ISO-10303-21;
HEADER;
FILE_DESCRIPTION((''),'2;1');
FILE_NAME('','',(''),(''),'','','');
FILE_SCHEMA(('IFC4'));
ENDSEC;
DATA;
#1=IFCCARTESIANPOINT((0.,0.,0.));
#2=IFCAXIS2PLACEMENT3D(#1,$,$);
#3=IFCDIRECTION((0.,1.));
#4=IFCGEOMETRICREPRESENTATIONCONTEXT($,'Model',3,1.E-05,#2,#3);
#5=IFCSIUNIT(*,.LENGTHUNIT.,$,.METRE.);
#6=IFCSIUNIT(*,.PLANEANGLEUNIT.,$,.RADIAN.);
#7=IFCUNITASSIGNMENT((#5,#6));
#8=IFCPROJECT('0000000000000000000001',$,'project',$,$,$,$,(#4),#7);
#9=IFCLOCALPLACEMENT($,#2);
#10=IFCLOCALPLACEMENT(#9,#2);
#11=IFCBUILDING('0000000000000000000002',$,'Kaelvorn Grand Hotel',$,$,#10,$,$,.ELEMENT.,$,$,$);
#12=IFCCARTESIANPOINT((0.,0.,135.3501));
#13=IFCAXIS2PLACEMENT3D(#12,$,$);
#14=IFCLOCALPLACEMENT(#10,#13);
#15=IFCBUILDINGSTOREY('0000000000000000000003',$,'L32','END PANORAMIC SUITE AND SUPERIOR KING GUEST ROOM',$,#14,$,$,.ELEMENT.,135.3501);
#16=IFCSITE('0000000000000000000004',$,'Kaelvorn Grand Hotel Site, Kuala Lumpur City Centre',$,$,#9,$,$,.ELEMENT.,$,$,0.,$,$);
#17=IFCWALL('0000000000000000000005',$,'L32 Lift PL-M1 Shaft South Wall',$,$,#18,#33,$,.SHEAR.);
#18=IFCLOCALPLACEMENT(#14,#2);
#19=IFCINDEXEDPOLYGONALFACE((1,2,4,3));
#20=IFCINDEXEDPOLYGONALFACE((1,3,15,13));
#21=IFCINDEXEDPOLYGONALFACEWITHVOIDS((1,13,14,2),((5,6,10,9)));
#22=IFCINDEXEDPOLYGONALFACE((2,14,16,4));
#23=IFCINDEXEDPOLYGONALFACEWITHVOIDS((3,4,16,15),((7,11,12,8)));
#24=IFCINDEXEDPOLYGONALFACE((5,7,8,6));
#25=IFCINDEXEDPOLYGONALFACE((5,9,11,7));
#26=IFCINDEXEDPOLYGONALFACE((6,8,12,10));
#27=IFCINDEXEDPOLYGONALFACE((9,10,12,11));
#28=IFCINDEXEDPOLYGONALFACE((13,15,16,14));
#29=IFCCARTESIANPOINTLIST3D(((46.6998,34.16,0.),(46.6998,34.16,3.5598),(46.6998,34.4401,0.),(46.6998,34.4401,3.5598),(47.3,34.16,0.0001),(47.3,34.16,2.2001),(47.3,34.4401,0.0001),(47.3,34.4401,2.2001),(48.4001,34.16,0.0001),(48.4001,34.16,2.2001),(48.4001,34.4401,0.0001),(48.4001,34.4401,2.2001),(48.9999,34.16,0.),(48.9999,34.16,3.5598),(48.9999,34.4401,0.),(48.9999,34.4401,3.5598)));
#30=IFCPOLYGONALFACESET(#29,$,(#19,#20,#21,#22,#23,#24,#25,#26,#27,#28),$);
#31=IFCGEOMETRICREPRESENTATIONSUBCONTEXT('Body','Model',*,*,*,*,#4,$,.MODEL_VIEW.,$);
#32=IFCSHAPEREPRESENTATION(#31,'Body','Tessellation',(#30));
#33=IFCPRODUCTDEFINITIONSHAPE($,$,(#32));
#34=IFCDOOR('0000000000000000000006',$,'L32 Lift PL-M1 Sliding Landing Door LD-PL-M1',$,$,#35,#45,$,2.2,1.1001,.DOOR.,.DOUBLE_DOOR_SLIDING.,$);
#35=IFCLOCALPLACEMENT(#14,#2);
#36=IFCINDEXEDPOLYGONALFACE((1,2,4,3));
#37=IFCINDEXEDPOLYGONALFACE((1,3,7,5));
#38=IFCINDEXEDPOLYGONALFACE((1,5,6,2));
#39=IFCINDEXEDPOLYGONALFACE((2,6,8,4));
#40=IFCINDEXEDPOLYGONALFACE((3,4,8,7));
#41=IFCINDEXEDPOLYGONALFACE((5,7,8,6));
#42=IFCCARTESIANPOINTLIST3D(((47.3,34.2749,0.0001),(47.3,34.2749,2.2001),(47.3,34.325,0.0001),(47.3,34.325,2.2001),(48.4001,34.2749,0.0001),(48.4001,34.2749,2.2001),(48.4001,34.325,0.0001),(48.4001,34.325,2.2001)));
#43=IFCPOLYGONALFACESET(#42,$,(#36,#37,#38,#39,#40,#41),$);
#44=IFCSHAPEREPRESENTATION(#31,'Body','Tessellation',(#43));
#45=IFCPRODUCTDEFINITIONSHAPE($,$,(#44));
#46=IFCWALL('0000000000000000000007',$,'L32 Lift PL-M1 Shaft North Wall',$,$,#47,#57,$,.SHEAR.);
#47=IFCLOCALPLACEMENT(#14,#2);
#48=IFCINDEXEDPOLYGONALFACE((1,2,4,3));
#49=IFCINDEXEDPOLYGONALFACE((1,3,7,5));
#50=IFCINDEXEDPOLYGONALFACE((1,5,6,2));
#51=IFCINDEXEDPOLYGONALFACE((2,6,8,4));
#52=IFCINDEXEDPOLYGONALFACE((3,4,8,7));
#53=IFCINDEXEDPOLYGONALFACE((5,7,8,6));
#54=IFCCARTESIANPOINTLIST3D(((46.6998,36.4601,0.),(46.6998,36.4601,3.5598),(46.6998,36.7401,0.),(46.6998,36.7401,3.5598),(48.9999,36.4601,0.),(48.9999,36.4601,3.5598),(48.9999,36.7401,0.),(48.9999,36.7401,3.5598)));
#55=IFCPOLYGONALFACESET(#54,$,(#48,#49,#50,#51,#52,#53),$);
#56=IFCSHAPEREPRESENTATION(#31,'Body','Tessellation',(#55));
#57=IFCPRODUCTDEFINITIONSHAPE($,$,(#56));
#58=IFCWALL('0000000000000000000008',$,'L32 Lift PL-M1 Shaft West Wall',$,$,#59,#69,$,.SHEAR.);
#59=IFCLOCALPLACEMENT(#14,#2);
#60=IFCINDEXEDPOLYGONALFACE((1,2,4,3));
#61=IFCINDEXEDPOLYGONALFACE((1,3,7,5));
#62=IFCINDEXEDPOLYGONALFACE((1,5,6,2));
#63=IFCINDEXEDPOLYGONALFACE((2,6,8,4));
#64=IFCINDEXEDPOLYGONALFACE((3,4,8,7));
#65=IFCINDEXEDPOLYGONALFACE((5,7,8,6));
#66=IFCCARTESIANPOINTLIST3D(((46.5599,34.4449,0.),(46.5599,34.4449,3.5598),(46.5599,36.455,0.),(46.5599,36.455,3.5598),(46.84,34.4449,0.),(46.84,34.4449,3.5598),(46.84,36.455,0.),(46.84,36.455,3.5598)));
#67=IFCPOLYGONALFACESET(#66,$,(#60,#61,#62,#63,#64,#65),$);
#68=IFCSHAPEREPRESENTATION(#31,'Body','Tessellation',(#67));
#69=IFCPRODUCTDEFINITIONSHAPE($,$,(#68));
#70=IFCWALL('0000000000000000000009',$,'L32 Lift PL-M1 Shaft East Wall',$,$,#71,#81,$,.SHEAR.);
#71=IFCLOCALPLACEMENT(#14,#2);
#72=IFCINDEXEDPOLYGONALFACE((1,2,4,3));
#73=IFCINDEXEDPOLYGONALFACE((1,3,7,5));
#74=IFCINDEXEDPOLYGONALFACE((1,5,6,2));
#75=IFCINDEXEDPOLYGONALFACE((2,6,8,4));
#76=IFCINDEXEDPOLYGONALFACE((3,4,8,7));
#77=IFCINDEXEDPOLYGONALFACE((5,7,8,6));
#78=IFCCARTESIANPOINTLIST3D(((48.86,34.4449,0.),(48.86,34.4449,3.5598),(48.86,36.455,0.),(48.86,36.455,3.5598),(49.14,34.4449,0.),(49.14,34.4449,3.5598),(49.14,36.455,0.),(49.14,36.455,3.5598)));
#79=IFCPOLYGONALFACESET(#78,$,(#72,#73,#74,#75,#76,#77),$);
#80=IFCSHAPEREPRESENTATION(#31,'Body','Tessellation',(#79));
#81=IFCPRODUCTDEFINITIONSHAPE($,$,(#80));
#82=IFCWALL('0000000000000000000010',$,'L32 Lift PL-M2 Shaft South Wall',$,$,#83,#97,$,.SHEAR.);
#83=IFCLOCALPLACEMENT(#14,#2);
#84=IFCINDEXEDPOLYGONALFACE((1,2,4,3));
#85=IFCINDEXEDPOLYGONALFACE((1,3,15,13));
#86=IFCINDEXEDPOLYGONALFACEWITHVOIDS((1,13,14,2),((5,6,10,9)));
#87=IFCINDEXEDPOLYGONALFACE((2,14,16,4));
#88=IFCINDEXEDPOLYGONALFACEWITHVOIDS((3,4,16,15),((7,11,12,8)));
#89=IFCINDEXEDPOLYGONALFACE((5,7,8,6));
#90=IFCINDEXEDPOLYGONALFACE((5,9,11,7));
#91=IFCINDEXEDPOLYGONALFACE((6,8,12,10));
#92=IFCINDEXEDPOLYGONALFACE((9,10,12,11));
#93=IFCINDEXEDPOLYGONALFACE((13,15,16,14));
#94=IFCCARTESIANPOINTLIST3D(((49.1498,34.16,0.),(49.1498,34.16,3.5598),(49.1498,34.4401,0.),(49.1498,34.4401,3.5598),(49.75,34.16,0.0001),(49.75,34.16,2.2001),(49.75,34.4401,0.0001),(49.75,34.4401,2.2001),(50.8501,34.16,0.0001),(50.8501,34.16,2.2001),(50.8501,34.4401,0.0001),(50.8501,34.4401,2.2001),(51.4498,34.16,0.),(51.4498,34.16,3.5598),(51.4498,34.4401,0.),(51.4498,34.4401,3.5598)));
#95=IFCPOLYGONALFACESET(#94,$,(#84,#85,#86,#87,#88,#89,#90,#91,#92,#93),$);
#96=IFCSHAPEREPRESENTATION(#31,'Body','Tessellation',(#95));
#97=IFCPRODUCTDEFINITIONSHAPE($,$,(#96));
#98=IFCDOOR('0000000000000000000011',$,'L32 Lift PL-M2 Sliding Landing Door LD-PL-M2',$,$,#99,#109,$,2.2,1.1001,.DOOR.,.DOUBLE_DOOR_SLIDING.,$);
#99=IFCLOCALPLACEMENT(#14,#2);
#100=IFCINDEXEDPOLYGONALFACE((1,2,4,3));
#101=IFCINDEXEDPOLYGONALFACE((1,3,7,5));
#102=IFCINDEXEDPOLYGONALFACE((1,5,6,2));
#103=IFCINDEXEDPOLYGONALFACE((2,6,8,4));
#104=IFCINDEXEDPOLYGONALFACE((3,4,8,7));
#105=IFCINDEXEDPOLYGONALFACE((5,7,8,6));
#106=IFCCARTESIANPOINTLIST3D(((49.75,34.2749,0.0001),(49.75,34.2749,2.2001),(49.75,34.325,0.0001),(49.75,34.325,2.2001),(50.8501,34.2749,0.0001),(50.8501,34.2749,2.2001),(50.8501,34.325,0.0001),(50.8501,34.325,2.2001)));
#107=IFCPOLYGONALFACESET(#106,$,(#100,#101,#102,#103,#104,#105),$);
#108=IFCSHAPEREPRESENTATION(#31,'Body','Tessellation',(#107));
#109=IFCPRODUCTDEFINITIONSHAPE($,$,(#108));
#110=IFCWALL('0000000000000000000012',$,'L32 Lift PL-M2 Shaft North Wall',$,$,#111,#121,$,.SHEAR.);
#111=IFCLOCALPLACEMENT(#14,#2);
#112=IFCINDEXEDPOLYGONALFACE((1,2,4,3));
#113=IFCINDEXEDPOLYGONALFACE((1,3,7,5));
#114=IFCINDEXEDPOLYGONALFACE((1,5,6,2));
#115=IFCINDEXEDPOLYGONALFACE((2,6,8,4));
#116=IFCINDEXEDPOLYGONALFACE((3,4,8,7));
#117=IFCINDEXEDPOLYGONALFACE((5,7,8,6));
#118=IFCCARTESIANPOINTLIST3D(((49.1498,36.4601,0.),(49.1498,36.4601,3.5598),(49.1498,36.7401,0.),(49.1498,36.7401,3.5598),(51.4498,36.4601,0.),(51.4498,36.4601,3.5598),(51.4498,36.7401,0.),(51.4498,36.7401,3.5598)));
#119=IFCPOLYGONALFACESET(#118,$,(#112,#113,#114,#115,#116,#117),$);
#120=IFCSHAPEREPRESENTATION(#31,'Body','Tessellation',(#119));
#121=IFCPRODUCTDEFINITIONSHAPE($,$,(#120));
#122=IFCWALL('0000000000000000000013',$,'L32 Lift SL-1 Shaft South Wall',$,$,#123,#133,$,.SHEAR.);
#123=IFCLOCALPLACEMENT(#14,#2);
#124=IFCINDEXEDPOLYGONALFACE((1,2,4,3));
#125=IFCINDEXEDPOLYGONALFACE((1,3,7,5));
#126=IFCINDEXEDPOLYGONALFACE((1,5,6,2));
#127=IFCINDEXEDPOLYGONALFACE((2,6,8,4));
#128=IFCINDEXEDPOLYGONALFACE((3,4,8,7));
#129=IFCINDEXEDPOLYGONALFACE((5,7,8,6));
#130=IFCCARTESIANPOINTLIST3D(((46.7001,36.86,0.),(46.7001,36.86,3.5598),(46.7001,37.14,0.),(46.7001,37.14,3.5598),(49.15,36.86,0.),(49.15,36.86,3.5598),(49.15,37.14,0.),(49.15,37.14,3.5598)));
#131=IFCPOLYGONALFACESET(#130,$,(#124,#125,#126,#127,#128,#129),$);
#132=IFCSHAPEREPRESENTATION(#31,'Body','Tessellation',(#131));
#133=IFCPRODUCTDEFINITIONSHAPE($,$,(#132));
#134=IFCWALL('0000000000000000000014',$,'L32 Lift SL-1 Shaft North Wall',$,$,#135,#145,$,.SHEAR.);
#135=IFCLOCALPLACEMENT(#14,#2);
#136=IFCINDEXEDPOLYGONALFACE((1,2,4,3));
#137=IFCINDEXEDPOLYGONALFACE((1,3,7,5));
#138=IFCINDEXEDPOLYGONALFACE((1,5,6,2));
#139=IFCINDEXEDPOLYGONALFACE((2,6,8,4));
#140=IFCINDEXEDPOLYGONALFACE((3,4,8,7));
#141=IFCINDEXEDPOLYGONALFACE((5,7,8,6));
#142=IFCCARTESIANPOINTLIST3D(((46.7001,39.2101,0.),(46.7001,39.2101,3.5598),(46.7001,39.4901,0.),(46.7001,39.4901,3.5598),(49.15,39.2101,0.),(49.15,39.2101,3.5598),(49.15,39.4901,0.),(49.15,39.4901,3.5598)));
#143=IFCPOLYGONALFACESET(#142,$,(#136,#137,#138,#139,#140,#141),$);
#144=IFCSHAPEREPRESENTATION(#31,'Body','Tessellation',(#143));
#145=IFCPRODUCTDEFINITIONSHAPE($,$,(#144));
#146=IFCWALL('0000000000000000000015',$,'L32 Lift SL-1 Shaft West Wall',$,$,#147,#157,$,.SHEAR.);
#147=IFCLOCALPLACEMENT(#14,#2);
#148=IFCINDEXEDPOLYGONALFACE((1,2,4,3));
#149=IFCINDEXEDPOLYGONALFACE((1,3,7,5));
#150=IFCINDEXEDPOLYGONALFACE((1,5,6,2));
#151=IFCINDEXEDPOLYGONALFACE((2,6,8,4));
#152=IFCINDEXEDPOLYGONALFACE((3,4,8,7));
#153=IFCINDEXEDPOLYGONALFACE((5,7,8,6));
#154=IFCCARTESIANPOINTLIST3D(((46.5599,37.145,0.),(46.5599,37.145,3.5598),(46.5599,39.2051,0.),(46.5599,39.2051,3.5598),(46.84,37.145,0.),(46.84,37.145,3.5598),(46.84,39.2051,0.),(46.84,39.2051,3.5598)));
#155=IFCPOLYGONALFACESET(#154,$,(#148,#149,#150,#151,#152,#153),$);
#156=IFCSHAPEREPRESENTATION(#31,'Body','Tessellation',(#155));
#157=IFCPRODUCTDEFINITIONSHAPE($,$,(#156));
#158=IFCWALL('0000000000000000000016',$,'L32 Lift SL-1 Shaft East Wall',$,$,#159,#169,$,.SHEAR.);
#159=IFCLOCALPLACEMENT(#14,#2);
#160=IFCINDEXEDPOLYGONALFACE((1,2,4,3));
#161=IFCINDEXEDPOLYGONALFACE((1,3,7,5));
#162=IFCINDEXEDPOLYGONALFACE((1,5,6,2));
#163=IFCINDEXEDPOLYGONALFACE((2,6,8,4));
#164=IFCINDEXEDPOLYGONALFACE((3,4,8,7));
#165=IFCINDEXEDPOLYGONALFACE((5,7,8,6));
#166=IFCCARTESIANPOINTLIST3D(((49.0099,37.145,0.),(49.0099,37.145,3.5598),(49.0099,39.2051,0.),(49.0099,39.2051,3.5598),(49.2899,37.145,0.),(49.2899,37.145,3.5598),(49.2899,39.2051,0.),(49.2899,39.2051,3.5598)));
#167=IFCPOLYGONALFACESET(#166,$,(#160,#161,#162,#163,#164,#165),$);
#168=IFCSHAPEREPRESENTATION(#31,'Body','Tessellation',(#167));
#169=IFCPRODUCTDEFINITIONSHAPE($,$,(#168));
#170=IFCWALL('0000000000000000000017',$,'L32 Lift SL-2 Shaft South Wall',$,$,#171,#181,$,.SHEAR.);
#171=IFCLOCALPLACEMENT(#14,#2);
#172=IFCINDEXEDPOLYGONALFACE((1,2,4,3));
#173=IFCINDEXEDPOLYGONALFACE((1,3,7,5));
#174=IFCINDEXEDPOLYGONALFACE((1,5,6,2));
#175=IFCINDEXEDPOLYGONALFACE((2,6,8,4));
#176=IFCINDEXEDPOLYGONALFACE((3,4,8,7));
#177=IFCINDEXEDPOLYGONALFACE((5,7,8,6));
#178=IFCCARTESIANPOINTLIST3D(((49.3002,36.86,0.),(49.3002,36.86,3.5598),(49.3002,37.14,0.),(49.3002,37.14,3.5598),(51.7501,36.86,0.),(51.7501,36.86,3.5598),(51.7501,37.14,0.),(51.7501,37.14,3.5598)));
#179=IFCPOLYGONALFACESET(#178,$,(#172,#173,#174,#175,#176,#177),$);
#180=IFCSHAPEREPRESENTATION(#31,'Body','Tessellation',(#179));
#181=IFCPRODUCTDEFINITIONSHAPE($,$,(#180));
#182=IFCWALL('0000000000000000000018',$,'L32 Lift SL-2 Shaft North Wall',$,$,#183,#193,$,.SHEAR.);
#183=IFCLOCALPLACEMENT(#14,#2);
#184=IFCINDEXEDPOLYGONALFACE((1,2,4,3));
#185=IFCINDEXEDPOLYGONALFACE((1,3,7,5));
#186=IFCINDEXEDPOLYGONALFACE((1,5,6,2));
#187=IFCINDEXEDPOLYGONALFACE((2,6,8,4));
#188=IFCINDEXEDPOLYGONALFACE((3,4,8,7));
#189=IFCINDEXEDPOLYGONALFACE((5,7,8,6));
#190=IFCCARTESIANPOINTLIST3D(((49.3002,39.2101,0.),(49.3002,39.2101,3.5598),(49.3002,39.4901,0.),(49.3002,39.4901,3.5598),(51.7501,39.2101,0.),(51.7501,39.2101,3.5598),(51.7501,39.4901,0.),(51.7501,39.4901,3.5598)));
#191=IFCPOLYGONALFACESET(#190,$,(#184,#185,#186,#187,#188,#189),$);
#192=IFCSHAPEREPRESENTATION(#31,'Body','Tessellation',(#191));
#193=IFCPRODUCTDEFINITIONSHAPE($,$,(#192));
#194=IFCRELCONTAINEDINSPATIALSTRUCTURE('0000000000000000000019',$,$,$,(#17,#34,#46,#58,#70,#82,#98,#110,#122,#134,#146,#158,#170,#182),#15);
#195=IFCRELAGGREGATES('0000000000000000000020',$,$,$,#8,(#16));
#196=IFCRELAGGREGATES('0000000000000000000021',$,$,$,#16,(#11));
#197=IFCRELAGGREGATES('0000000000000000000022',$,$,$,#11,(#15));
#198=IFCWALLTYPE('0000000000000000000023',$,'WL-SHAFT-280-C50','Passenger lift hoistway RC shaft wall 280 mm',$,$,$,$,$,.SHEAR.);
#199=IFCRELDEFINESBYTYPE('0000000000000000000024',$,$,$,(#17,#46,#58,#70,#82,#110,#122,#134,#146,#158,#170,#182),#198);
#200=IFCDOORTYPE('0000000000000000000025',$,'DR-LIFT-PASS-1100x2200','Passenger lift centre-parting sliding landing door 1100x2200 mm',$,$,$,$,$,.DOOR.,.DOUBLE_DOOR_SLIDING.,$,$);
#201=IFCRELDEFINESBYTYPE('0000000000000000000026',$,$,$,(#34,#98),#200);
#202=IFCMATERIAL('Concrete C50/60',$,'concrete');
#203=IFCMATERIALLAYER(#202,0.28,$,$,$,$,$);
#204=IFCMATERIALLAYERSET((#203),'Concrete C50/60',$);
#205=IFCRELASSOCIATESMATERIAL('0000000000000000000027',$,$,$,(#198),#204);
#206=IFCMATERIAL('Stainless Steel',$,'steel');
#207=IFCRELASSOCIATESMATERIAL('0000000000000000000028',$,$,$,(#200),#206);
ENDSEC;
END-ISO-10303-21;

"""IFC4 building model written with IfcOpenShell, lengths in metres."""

from ifc_helpers import new_model, si_unit, direction, frame, frame_2d, origin, place, context, subcontext, project, spatial, rectangle, extrude, material, layer, layer_set, type_object, element, fill, save


model = new_model("IFC4")

# Units and contexts
model_context = context("Model", 3, precision=1e-05, world=origin(), true_north=direction((0.0, 1.0)))
body_context = subcontext(model_context, "Body", "Model", "MODEL_VIEW")
ifc_project = project(units=[si_unit("LENGTHUNIT", "METRE"), si_unit("PLANEANGLEUNIT", "RADIAN")], contexts=[model_context])

# Site, building, storey
site_placement = place(None, origin())
site = spatial("IfcSite", under=ifc_project, at=site_placement, Name="Kaelvorn Grand Hotel Site, Kuala Lumpur City Centre", CompositionType="ELEMENT", RefElevation=0.0)
building_placement = place(site_placement, origin())
building = spatial("IfcBuilding", under=site, at=building_placement, Name="Kaelvorn Grand Hotel", CompositionType="ELEMENT")
storey_placement = place(building_placement, frame((0.0, 0.0, 135.3501)))
storey = spatial("IfcBuildingStorey", under=building, at=storey_placement, Name="L32", Description="END PANORAMIC SUITE AND SUPERIOR KING GUEST ROOM", CompositionType="ELEMENT", Elevation=135.3501)

# Wall, opening, door
ifc_material_1 = material(Name="Concrete C50/60", Category="concrete")
ifc_layer_1 = layer(ifc_material_1, 0.28)
ifc_layer_set_1 = layer_set([ifc_layer_1], Name="Concrete C50/60")
wall_type_1 = type_object("IfcWallType", Name="WL-SHAFT-280-C50", Description="Passenger lift hoistway RC shaft wall 280 mm", PredefinedType="SHEAR", material=ifc_layer_set_1)
wall_1_placement = place(storey_placement, frame((46.7, 34.3, 0.0), z_axis=(0.0, 0.0, 1.0), x_axis=(1.0, 0.0, 0.0)))
wall_1 = element("IfcWall", 1, at=wall_1_placement, inside=storey, type_object=wall_type_1, Name="L32 Lift PL-M1 Shaft South Wall", PredefinedType="SHEAR", context=body_context, shape_type="SweptSolid", body=[
    extrude(rectangle(XDim=2.3, YDim=0.28, at=frame_2d((1.1499, 0.0))), origin(), (0.0, 0.0, 1.0), 3.5598),
])
opening_1_placement = place(wall_1_placement, frame((0.6001, 0.0, 0.0)))
opening_1 = element("IfcOpeningElement", 2, at=opening_1_placement, cuts=wall_1, PredefinedType="OPENING", context=body_context, shape_type="SweptSolid", body=[
    extrude(rectangle(XDim=1.1001, YDim=2.2, at=frame_2d((0.55, 1.1001))), frame((0.0, 0.1499, 0.0), z_axis=(0.0, -1.0, 0.0), x_axis=(1.0, 0.0, 0.0)), (0.0, 0.0, 1.0), 0.3),
])
ifc_material_2 = material(Name="Stainless Steel", Category="steel")
door_type_1 = type_object("IfcDoorType", Name="DR-LIFT-PASS-1100x2200", Description="Passenger lift centre-parting sliding landing door 1100x2200 mm", OperationType="DOUBLE_DOOR_SLIDING", PredefinedType="DOOR", material=ifc_material_2)
door_1_placement = place(opening_1_placement, origin())
door_1 = element("IfcDoor", 3, at=door_1_placement, inside=storey, type_object=door_type_1, Name="L32 Lift PL-M1 Sliding Landing Door LD-PL-M1", OperationType="DOUBLE_DOOR_SLIDING", OverallHeight=2.2, OverallWidth=1.1001, PredefinedType="DOOR", context=body_context, shape_type="SweptSolid", body=[
    extrude(rectangle(XDim=1.1001, YDim=2.2, at=frame_2d((0.55, 1.1001))), frame((0.0, 0.0249, 0.0), z_axis=(0.0, -1.0, 0.0), x_axis=(1.0, 0.0, 0.0)), (0.0, 0.0, 1.0), 0.05),
])
fill(opening_1, door_1)

# Walls
wall_2_placement = place(storey_placement, frame((46.7, 36.6001, 0.0), z_axis=(0.0, 0.0, 1.0), x_axis=(1.0, 0.0, 0.0)))
element("IfcWall", 4, at=wall_2_placement, inside=storey, type_object=wall_type_1, Name="L32 Lift PL-M1 Shaft North Wall", PredefinedType="SHEAR", context=body_context, shape_type="SweptSolid", body=[
    extrude(rectangle(XDim=2.3, YDim=0.28, at=frame_2d((1.1499, 0.0))), origin(), (0.0, 0.0, 1.0), 3.5598),
])
for number, where, z_axis, x_axis, name in (
    (5, (46.7, 34.4451, 0.0), (0.0, 0.0, 1.0), (0.0, 1.0, 0.0), "L32 Lift PL-M1 Shaft West Wall"),
    (6, (49.0, 34.4451, 0.0), (0.0, 0.0, 1.0), (0.0, 1.0, 0.0), "L32 Lift PL-M1 Shaft East Wall"),
):
    element("IfcWall", number, at=place(storey_placement, frame(where, z_axis=z_axis, x_axis=x_axis)), inside=storey, type_object=wall_type_1, Name=name, PredefinedType="SHEAR", context=body_context, shape_type="SweptSolid", body=[
        extrude(rectangle(XDim=2.01, YDim=0.28, at=frame_2d((1.0049, 0.0))), origin(), (0.0, 0.0, 1.0), 3.5598),
    ])

# Wall, opening, door
wall_3_placement = place(storey_placement, frame((49.1499, 34.3, 0.0), z_axis=(0.0, 0.0, 1.0), x_axis=(1.0, 0.0, 0.0)))
wall_3 = element("IfcWall", 7, at=wall_3_placement, inside=storey, type_object=wall_type_1, Name="L32 Lift PL-M2 Shaft South Wall", PredefinedType="SHEAR", context=body_context, shape_type="SweptSolid", body=[
    extrude(rectangle(XDim=2.3, YDim=0.28, at=frame_2d((1.1499, 0.0))), origin(), (0.0, 0.0, 1.0), 3.5598),
])
opening_2_placement = place(wall_3_placement, frame((0.6001, 0.0, 0.0)))
opening_2 = element("IfcOpeningElement", 8, at=opening_2_placement, cuts=wall_3, PredefinedType="OPENING", context=body_context, shape_type="SweptSolid", body=[
    extrude(rectangle(XDim=1.1001, YDim=2.2, at=frame_2d((0.55, 1.1001))), frame((0.0, 0.1499, 0.0), z_axis=(0.0, -1.0, 0.0), x_axis=(1.0, 0.0, 0.0)), (0.0, 0.0, 1.0), 0.3),
])
door_2_placement = place(opening_2_placement, origin())
door_2 = element("IfcDoor", 9, at=door_2_placement, inside=storey, type_object=door_type_1, Name="L32 Lift PL-M2 Sliding Landing Door LD-PL-M2", OperationType="DOUBLE_DOOR_SLIDING", OverallHeight=2.2, OverallWidth=1.1001, PredefinedType="DOOR", context=body_context, shape_type="SweptSolid", body=[
    extrude(rectangle(XDim=1.1001, YDim=2.2, at=frame_2d((0.55, 1.1001))), frame((0.0, 0.0249, 0.0), z_axis=(0.0, -1.0, 0.0), x_axis=(1.0, 0.0, 0.0)), (0.0, 0.0, 1.0), 0.05),
])
fill(opening_2, door_2)

# Walls
wall_4_placement = place(storey_placement, frame((49.1499, 36.6001, 0.0), z_axis=(0.0, 0.0, 1.0), x_axis=(1.0, 0.0, 0.0)))
element("IfcWall", 10, at=wall_4_placement, inside=storey, type_object=wall_type_1, Name="L32 Lift PL-M2 Shaft North Wall", PredefinedType="SHEAR", context=body_context, shape_type="SweptSolid", body=[
    extrude(rectangle(XDim=2.3, YDim=0.28, at=frame_2d((1.1499, 0.0))), origin(), (0.0, 0.0, 1.0), 3.5598),
])
for number, where, z_axis, x_axis, name in (
    (11, (46.7, 37.0, 0.0), (0.0, 0.0, 1.0), (1.0, 0.0, 0.0), "L32 Lift SL-1 Shaft South Wall"),
    (12, (46.7, 39.3501, 0.0), (0.0, 0.0, 1.0), (1.0, 0.0, 0.0), "L32 Lift SL-1 Shaft North Wall"),
):
    element("IfcWall", number, at=place(storey_placement, frame(where, z_axis=z_axis, x_axis=x_axis)), inside=storey, type_object=wall_type_1, Name=name, PredefinedType="SHEAR", context=body_context, shape_type="SweptSolid", body=[
        extrude(rectangle(XDim=2.45, YDim=0.28, at=frame_2d((1.2251, 0.0))), origin(), (0.0, 0.0, 1.0), 3.5598),
    ])
for number, where, z_axis, x_axis, name in (
    (13, (46.7, 37.145, 0.0), (0.0, 0.0, 1.0), (0.0, 1.0, 0.0), "L32 Lift SL-1 Shaft West Wall"),
    (14, (49.1499, 37.145, 0.0), (0.0, 0.0, 1.0), (0.0, 1.0, 0.0), "L32 Lift SL-1 Shaft East Wall"),
):
    element("IfcWall", number, at=place(storey_placement, frame(where, z_axis=z_axis, x_axis=x_axis)), inside=storey, type_object=wall_type_1, Name=name, PredefinedType="SHEAR", context=body_context, shape_type="SweptSolid", body=[
        extrude(rectangle(XDim=2.0601, YDim=0.28, at=frame_2d((1.03, 0.0))), origin(), (0.0, 0.0, 1.0), 3.5598),
    ])
for number, where, z_axis, x_axis, name in (
    (15, (49.3, 37.0, 0.0), (0.0, 0.0, 1.0), (1.0, 0.0, 0.0), "L32 Lift SL-2 Shaft South Wall"),
    (16, (49.3, 39.3501, 0.0), (0.0, 0.0, 1.0), (1.0, 0.0, 0.0), "L32 Lift SL-2 Shaft North Wall"),
):
    element("IfcWall", number, at=place(storey_placement, frame(where, z_axis=z_axis, x_axis=x_axis)), inside=storey, type_object=wall_type_1, Name=name, PredefinedType="SHEAR", context=body_context, shape_type="SweptSolid", body=[
        extrude(rectangle(XDim=2.45, YDim=0.28, at=frame_2d((1.2251, 0.0))), origin(), (0.0, 0.0, 1.0), 3.5598),
    ])

save(model, "model.ifc")
